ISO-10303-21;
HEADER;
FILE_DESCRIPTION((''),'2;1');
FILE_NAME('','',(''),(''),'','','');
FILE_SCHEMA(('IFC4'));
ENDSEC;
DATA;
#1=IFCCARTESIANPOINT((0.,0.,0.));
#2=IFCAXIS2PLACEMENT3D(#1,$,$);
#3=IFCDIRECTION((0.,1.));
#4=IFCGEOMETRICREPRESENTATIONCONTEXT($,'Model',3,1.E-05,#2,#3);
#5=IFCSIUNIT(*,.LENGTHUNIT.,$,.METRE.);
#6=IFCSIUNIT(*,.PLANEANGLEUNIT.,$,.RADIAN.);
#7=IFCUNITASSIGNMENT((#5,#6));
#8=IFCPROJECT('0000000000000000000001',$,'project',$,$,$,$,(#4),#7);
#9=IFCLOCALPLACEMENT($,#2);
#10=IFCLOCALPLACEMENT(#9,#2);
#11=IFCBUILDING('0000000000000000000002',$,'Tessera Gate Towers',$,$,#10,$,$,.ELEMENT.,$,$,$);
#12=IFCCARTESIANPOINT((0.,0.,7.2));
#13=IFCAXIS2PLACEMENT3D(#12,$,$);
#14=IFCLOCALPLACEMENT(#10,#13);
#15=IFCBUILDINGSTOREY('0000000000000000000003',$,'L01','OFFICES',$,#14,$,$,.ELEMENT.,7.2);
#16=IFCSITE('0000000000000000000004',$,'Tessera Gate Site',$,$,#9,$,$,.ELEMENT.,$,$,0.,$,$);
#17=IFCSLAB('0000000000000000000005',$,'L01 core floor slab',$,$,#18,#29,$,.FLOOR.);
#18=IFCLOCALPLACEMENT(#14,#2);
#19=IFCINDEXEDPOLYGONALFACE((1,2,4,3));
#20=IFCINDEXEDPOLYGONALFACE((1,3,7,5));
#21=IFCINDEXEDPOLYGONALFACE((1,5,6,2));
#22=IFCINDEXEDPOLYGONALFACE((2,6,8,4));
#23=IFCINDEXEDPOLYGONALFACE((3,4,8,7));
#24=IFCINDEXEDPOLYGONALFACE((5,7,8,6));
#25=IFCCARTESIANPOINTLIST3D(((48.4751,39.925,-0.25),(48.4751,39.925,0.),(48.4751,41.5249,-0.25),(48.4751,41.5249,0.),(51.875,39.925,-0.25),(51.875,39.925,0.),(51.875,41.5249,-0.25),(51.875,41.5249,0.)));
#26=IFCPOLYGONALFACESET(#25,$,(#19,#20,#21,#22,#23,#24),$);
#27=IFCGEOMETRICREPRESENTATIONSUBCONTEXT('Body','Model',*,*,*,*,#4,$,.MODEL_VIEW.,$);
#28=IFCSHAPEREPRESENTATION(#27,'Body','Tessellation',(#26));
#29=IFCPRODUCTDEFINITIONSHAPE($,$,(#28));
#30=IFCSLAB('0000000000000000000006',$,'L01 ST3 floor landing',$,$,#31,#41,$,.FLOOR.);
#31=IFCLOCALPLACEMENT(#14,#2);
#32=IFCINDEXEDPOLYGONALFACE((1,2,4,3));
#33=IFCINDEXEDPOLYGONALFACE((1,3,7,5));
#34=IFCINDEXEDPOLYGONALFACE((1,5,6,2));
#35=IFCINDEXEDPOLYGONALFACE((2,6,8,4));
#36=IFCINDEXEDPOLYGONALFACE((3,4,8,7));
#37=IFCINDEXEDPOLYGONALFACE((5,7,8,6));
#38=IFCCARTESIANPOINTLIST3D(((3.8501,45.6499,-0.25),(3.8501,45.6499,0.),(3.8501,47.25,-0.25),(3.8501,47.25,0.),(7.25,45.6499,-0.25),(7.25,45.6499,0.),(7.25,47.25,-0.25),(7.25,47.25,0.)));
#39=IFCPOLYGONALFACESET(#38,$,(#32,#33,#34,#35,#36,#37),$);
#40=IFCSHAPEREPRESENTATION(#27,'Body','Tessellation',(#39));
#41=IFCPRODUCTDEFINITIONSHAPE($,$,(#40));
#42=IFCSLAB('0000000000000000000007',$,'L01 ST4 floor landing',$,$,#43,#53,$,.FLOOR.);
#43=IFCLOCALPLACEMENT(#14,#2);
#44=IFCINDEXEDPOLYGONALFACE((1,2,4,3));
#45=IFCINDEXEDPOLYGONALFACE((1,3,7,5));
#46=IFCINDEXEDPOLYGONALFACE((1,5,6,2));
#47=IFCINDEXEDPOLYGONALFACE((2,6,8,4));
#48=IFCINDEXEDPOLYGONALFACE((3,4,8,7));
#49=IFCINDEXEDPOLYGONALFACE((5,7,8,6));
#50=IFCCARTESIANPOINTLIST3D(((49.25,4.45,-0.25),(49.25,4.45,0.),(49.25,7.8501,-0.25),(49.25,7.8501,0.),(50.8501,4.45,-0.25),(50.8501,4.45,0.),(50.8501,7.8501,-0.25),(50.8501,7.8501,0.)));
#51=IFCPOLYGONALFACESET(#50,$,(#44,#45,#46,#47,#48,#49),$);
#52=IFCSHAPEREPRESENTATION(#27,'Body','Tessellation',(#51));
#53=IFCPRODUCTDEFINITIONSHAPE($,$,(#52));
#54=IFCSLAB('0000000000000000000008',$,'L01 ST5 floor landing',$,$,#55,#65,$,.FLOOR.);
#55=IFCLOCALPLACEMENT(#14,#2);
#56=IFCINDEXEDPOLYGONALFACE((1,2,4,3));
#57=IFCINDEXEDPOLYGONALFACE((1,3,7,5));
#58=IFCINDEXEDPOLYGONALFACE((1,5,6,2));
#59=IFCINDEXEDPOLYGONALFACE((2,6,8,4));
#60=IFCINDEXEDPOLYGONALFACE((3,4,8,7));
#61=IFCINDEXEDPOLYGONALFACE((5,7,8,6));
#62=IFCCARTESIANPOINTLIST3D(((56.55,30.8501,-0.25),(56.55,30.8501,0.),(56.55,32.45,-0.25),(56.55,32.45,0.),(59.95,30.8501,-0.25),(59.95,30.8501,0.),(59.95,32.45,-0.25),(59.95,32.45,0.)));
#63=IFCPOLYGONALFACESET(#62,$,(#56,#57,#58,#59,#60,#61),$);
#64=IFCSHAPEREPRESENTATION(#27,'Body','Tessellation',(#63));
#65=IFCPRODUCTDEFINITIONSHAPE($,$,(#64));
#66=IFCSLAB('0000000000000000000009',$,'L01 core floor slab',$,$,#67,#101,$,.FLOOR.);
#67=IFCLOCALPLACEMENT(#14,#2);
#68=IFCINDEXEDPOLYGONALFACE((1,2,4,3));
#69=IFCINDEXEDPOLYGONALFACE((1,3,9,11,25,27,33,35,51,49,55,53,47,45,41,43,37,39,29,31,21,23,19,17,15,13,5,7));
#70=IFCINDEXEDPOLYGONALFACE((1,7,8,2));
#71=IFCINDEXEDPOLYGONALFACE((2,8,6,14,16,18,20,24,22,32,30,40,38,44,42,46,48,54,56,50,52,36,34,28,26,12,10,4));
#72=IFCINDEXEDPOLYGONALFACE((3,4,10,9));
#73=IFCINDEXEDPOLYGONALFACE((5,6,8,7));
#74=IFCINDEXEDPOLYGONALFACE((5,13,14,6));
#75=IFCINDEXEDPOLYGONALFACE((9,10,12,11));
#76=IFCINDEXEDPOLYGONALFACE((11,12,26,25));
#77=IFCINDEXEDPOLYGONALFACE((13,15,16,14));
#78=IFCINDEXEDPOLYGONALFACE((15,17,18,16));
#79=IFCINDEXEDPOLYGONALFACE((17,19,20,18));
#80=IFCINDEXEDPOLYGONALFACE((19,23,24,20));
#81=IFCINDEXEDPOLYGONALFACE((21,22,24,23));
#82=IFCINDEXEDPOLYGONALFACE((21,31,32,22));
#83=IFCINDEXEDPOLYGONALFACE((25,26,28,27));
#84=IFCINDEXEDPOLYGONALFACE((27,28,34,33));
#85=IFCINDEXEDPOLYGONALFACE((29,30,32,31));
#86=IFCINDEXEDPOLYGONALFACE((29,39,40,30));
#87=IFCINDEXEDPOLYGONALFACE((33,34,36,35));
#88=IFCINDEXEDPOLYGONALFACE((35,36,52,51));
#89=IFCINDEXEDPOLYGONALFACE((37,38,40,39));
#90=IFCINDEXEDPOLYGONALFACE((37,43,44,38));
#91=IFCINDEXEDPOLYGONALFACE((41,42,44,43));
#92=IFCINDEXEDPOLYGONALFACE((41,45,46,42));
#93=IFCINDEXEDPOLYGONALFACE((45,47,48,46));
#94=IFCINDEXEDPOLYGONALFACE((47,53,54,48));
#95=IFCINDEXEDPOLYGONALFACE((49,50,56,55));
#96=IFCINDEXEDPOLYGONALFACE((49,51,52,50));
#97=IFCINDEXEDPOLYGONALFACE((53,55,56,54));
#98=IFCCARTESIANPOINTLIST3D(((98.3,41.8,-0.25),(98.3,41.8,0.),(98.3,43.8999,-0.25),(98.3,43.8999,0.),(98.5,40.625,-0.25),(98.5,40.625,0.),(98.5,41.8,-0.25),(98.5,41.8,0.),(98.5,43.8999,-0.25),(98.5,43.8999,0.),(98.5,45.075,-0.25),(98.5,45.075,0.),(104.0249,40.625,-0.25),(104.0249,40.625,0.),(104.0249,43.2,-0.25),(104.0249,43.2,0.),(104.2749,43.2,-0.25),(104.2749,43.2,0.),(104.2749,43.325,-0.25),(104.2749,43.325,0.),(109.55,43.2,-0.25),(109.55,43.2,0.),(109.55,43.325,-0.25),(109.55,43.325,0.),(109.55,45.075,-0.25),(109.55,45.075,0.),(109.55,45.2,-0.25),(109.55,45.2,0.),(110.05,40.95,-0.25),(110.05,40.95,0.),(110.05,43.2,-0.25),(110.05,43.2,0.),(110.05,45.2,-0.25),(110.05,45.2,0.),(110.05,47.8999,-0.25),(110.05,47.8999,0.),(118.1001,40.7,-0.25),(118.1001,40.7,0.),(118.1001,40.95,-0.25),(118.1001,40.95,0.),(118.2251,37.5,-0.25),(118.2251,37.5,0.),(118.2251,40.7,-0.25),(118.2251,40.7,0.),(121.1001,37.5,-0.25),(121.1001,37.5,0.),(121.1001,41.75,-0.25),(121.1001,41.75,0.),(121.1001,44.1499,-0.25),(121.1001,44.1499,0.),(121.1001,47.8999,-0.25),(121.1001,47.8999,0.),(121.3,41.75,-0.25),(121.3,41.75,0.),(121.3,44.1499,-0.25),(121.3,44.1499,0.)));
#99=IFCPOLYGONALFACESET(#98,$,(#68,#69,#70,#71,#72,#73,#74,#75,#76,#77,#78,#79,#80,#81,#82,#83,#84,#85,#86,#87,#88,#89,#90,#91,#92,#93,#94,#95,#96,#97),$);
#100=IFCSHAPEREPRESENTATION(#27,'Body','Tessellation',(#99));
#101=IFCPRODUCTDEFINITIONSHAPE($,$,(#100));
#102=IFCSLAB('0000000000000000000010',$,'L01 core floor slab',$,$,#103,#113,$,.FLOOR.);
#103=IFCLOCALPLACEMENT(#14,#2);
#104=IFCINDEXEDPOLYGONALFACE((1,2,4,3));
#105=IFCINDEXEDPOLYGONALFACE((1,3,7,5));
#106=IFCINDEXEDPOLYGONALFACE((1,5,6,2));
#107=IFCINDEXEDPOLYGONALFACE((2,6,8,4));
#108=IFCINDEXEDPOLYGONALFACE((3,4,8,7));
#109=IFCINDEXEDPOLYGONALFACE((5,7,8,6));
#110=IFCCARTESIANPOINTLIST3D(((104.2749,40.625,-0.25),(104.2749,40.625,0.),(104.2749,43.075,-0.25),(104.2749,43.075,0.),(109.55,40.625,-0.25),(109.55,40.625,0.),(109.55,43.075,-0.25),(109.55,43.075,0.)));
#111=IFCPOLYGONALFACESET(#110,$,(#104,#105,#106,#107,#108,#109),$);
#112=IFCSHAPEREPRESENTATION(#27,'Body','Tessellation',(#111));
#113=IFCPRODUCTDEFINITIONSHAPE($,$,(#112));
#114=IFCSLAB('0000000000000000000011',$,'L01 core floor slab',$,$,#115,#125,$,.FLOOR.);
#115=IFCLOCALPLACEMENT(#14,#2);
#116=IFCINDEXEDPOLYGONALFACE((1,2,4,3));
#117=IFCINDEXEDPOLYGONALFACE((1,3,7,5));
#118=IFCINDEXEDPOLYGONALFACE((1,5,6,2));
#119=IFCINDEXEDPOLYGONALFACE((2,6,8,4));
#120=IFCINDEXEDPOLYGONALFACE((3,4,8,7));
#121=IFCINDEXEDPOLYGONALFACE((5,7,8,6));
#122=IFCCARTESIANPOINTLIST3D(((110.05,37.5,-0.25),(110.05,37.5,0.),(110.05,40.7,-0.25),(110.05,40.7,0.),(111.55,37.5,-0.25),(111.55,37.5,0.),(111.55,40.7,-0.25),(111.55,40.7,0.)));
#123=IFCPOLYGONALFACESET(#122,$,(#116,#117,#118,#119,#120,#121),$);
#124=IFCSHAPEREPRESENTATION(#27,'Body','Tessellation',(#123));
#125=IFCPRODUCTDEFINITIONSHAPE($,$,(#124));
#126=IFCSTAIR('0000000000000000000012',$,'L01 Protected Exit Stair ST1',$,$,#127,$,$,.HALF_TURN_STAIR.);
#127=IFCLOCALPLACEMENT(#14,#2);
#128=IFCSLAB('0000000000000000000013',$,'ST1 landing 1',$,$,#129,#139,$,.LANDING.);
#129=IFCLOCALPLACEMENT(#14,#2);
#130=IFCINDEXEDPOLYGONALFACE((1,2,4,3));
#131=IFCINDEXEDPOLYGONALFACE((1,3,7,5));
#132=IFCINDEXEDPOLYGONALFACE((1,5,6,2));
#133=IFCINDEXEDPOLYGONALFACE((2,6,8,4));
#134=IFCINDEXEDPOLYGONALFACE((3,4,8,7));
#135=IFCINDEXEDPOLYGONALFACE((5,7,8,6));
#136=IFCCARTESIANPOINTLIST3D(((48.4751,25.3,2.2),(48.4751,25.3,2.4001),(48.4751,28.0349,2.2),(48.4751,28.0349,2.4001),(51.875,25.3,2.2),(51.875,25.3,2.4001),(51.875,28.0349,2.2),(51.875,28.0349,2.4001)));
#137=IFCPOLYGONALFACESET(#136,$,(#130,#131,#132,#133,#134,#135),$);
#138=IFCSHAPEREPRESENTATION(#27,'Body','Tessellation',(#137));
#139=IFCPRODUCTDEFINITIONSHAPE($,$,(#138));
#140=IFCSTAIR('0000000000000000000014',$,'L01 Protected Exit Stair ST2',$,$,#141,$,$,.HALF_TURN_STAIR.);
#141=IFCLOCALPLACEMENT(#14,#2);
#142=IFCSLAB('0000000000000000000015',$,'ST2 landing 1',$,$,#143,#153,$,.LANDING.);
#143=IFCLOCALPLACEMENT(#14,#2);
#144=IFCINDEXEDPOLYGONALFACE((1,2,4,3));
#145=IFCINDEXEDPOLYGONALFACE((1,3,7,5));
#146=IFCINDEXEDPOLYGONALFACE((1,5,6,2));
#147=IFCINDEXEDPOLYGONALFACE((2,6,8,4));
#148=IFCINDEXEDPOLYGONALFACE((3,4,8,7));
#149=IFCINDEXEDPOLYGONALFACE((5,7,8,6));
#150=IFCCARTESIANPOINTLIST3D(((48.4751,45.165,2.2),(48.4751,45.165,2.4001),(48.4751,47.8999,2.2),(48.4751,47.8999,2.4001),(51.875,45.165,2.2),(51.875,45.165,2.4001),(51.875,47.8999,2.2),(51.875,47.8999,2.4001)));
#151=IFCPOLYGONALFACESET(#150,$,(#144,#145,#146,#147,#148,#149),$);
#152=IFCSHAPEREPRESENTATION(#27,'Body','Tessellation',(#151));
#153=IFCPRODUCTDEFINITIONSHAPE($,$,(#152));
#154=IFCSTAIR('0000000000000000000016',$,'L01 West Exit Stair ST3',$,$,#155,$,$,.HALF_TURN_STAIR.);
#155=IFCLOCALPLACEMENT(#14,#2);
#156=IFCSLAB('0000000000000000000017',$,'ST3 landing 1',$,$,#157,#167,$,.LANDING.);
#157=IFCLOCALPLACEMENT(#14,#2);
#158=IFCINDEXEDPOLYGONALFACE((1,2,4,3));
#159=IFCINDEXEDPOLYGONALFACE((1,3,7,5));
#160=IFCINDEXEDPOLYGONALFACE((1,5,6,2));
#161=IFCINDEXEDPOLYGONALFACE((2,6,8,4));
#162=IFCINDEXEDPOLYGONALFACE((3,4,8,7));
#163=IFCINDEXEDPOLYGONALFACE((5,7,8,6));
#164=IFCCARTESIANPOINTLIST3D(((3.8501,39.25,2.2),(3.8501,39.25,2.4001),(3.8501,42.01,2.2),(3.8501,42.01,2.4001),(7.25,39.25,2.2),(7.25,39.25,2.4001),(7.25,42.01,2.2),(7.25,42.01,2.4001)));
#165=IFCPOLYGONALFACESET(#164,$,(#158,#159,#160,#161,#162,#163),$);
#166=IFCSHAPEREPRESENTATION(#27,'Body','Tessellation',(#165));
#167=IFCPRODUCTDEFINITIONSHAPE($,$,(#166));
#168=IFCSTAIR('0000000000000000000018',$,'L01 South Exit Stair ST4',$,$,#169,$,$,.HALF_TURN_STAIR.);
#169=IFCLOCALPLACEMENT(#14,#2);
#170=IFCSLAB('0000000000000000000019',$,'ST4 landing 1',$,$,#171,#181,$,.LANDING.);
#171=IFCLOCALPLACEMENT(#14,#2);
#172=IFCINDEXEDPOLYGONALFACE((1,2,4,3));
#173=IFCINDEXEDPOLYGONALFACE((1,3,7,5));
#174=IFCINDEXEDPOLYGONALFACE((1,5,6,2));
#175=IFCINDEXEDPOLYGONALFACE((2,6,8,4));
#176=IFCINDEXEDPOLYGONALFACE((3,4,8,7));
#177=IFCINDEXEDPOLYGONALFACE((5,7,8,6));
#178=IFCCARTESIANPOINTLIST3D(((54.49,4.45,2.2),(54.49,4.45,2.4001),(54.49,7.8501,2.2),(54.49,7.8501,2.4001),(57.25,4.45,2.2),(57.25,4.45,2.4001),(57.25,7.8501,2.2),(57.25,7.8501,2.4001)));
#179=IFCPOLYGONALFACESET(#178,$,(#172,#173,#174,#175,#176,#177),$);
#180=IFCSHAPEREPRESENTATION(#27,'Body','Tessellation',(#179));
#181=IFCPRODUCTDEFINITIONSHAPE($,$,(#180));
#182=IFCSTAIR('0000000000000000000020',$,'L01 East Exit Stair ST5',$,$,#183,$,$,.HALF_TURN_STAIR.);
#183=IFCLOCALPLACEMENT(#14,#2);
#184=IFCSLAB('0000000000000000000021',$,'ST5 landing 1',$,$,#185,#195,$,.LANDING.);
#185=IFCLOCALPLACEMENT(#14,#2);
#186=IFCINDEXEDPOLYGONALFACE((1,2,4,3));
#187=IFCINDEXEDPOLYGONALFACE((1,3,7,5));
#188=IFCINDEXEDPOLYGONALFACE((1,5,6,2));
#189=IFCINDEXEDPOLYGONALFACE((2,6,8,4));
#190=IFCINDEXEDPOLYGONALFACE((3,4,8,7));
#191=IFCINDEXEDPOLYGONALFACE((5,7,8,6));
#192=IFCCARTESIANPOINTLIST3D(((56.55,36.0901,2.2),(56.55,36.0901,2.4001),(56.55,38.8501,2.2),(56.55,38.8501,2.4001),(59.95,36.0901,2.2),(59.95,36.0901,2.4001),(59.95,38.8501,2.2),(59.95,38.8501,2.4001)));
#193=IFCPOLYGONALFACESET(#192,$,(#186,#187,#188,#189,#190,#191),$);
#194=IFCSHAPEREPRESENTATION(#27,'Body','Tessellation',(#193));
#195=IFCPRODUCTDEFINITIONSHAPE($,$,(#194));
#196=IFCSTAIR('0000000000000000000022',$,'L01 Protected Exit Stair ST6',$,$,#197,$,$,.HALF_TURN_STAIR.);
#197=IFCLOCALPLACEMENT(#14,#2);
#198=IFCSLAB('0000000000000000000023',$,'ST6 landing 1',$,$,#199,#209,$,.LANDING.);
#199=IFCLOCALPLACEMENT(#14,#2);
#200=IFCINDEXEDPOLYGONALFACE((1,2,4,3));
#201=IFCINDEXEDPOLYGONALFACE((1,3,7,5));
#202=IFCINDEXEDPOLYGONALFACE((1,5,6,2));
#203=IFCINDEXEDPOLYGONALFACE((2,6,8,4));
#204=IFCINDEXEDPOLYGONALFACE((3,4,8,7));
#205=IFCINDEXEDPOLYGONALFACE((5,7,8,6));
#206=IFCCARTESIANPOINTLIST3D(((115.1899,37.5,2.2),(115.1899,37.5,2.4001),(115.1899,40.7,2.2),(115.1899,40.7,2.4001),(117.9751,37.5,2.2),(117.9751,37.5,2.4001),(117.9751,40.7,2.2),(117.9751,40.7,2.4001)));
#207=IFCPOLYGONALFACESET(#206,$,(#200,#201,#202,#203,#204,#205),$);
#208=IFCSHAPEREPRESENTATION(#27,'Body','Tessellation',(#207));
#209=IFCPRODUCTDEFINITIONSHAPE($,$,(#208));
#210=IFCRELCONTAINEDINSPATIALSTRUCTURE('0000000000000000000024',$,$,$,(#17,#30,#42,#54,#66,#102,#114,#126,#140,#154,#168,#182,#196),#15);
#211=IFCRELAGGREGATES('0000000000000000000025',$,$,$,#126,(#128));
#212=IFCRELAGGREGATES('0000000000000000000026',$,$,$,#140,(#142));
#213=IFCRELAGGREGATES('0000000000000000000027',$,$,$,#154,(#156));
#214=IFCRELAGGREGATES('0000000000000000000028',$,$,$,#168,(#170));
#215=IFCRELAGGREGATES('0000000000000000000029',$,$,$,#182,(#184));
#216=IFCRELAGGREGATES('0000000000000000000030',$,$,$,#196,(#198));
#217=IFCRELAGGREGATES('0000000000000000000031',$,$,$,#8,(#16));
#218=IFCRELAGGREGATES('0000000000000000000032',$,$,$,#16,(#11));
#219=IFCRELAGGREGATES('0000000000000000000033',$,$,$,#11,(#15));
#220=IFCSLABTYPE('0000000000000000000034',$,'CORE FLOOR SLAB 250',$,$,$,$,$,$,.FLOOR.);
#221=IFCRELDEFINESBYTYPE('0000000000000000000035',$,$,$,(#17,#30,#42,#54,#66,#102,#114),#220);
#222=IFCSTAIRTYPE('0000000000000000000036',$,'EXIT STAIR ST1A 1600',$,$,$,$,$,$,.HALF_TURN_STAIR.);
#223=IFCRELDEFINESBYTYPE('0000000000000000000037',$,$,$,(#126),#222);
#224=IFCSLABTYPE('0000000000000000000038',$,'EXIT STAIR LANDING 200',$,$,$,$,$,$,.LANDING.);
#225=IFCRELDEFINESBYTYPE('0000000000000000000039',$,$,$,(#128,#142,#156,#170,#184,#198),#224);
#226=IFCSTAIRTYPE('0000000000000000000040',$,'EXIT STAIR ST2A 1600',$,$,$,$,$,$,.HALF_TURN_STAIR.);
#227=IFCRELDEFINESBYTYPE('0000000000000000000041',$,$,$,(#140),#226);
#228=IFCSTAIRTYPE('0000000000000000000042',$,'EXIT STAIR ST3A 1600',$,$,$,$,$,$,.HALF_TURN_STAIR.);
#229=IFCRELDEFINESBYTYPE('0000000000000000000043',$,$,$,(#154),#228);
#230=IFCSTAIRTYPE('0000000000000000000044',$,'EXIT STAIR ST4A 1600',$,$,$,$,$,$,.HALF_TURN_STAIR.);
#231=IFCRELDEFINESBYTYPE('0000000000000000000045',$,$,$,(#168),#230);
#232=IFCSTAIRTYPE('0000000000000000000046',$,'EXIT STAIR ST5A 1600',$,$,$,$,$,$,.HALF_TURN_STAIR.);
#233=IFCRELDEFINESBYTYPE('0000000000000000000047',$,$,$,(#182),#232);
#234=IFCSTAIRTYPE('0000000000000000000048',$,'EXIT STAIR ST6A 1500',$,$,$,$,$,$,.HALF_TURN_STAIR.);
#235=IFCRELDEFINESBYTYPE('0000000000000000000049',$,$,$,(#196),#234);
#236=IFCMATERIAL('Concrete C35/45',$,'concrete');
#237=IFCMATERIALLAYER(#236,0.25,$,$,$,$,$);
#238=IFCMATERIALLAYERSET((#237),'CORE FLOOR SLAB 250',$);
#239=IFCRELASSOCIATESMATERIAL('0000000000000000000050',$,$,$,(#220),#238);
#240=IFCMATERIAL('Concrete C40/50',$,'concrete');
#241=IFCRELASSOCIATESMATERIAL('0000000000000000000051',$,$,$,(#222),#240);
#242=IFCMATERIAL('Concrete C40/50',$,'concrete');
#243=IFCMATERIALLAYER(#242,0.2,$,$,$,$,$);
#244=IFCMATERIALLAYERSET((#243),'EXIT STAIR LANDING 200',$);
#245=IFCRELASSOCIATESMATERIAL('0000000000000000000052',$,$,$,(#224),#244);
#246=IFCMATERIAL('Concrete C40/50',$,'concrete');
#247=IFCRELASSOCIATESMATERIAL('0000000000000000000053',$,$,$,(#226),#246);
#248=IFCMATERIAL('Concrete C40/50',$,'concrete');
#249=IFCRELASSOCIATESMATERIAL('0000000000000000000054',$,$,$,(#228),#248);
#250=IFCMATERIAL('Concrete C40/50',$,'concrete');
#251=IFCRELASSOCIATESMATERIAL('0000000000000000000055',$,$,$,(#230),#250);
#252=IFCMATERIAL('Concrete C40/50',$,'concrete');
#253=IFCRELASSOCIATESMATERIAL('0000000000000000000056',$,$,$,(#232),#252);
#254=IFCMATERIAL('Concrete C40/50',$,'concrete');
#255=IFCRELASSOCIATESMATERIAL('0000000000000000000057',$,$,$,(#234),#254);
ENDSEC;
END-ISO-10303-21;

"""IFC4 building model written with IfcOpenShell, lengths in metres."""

from ifc_helpers import new_model, si_unit, direction, frame, origin, place, context, subcontext, project, spatial, polyline, outline, extrude, material, layer, layer_set, type_object, element, aggregate, save


model = new_model("IFC4")

# Units and contexts
model_context = context("Model", 3, precision=1e-05, world=origin(), true_north=direction((0.0, 1.0)))
body_context = subcontext(model_context, "Body", "Model", "MODEL_VIEW")
ifc_project = project(units=[si_unit("LENGTHUNIT", "METRE"), si_unit("PLANEANGLEUNIT", "RADIAN")], contexts=[model_context])

# Site, building, storey
site_placement = place(None, origin())
site = spatial("IfcSite", under=ifc_project, at=site_placement, Name="Tessera Gate Site", CompositionType="ELEMENT", RefElevation=0.0)
building_placement = place(site_placement, origin())
building = spatial("IfcBuilding", under=site, at=building_placement, Name="Tessera Gate Towers", CompositionType="ELEMENT")
storey_placement = place(building_placement, frame((0.0, 0.0, 7.2)))
storey = spatial("IfcBuildingStorey", under=building, at=storey_placement, Name="L01", Description="OFFICES", CompositionType="ELEMENT", Elevation=7.2)

# Slabs
ifc_material_1 = material(Name="Concrete C35/45", Category="concrete")
ifc_layer_1 = layer(ifc_material_1, 0.25)
ifc_layer_set_1 = layer_set([ifc_layer_1], Name="CORE FLOOR SLAB 250")
slab_type_1 = type_object("IfcSlabType", Name="CORE FLOOR SLAB 250", PredefinedType="FLOOR", material=ifc_layer_set_1)
slab_1_placement = place(storey_placement, frame((0.0, 0.0, -0.25)))
element("IfcSlab", 1, at=slab_1_placement, inside=storey, type_object=slab_type_1, Name="L01 core floor slab", PredefinedType="FLOOR", context=body_context, shape_type="SweptSolid", body=[
    extrude(outline(polyline([(48.4751, 41.5249), (48.4751, 39.925), (51.875, 39.925), (51.875, 41.5249), (48.4751, 41.5249)])), origin(), (0.0, 0.0, 1.0), 0.25),
])
slab_2_placement = place(storey_placement, frame((0.0, 0.0, -0.25)))
element("IfcSlab", 2, at=slab_2_placement, inside=storey, type_object=slab_type_1, Name="L01 ST3 floor landing", PredefinedType="FLOOR", context=body_context, shape_type="SweptSolid", body=[
    extrude(outline(polyline([(3.8501, 47.25), (3.8501, 45.6499), (7.25, 45.6499), (7.25, 47.25), (3.8501, 47.25)])), origin(), (0.0, 0.0, 1.0), 0.25),
])
slab_3_placement = place(storey_placement, frame((0.0, 0.0, -0.25)))
element("IfcSlab", 3, at=slab_3_placement, inside=storey, type_object=slab_type_1, Name="L01 ST4 floor landing", PredefinedType="FLOOR", context=body_context, shape_type="SweptSolid", body=[
    extrude(outline(polyline([(49.25, 4.45), (50.8501, 4.45), (50.8501, 7.8501), (49.25, 7.8501), (49.25, 4.45)])), origin(), (0.0, 0.0, 1.0), 0.25),
])
slab_4_placement = place(storey_placement, frame((0.0, 0.0, -0.25)))
element("IfcSlab", 4, at=slab_4_placement, inside=storey, type_object=slab_type_1, Name="L01 ST5 floor landing", PredefinedType="FLOOR", context=body_context, shape_type="SweptSolid", body=[
    extrude(outline(polyline([(59.95, 30.8501), (59.95, 32.45), (56.55, 32.45), (56.55, 30.8501), (59.95, 30.8501)])), origin(), (0.0, 0.0, 1.0), 0.25),
])
slab_5_placement = place(storey_placement, frame((0.0, 0.0, -0.25)))
element("IfcSlab", 5, at=slab_5_placement, inside=storey, type_object=slab_type_1, Name="L01 core floor slab", PredefinedType="FLOOR", context=body_context, shape_type="SweptSolid", body=[
    extrude(outline(polyline([(109.55, 45.2), (109.55, 45.075), (98.5, 45.075), (98.5, 43.8999), (98.3, 43.8999), (98.3, 41.8), (98.5, 41.8), (98.5, 40.625), (104.0249, 40.625), (104.0249, 43.2), (104.2749, 43.2), (104.2749, 43.325), (109.55, 43.325), (109.55, 43.2), (110.05, 43.2), (110.05, 40.95), (118.1001, 40.95), (118.1001, 40.7), (118.2251, 40.7), (118.2251, 37.5), (121.1001, 37.5), (121.1001, 41.75), (121.3, 41.75), (121.3, 44.1499), (121.1001, 44.1499), (121.1001, 47.8999), (110.05, 47.8999), (110.05, 45.2), (109.55, 45.2)])), origin(), (0.0, 0.0, 1.0), 0.25),
])
slab_6_placement = place(storey_placement, frame((0.0, 0.0, -0.25)))
element("IfcSlab", 6, at=slab_6_placement, inside=storey, type_object=slab_type_1, Name="L01 core floor slab", PredefinedType="FLOOR", context=body_context, shape_type="SweptSolid", body=[
    extrude(outline(polyline([(109.55, 43.075), (104.2749, 43.075), (104.2749, 40.625), (109.55, 40.625), (109.55, 43.075)])), origin(), (0.0, 0.0, 1.0), 0.25),
])
slab_7_placement = place(storey_placement, frame((0.0, 0.0, -0.25)))
element("IfcSlab", 7, at=slab_7_placement, inside=storey, type_object=slab_type_1, Name="L01 core floor slab", PredefinedType="FLOOR", context=body_context, shape_type="SweptSolid", body=[
    extrude(outline(polyline([(111.55, 37.5), (111.55, 40.7), (110.05, 40.7), (110.05, 37.5), (111.55, 37.5)])), origin(), (0.0, 0.0, 1.0), 0.25),
])

# Stairs, slabs
ifc_material_2 = material(Name="Concrete C40/50", Category="concrete")
stair_type_1 = type_object("IfcStairType", Name="EXIT STAIR ST1A 1600", PredefinedType="HALF_TURN_STAIR", material=ifc_material_2)
stair_1_placement = place(storey_placement, origin())
stair_1 = element("IfcStair", 8, at=stair_1_placement, inside=storey, type_object=stair_type_1, Name="L01 Protected Exit Stair ST1", PredefinedType="HALF_TURN_STAIR")
ifc_material_3 = material(Name="Concrete C40/50", Category="concrete")
ifc_layer_2 = layer(ifc_material_3, 0.2)
ifc_layer_set_2 = layer_set([ifc_layer_2], Name="EXIT STAIR LANDING 200")
slab_type_2 = type_object("IfcSlabType", Name="EXIT STAIR LANDING 200", PredefinedType="LANDING", material=ifc_layer_set_2)
slab_8_placement = place(storey_placement, frame((0.0, 0.0, 2.2)))
slab_8 = element("IfcSlab", 9, at=slab_8_placement, type_object=slab_type_2, Name="ST1 landing 1", PredefinedType="LANDING", context=body_context, shape_type="SweptSolid", body=[
    extrude(outline(polyline([(48.4751, 28.0349), (48.4751, 25.3), (51.875, 25.3), (51.875, 28.0349), (48.4751, 28.0349)])), origin(), (0.0, 0.0, 1.0), 0.2002),
])
aggregate(stair_1, [slab_8])
ifc_material_4 = material(Name="Concrete C40/50", Category="concrete")
stair_type_2 = type_object("IfcStairType", Name="EXIT STAIR ST2A 1600", PredefinedType="HALF_TURN_STAIR", material=ifc_material_4)
stair_2_placement = place(storey_placement, origin())
stair_2 = element("IfcStair", 10, at=stair_2_placement, inside=storey, type_object=stair_type_2, Name="L01 Protected Exit Stair ST2", PredefinedType="HALF_TURN_STAIR")
slab_9_placement = place(storey_placement, frame((0.0, 0.0, 2.2)))
slab_9 = element("IfcSlab", 11, at=slab_9_placement, type_object=slab_type_2, Name="ST2 landing 1", PredefinedType="LANDING", context=body_context, shape_type="SweptSolid", body=[
    extrude(outline(polyline([(51.875, 45.165), (51.875, 47.8999), (48.4751, 47.8999), (48.4751, 45.165), (51.875, 45.165)])), origin(), (0.0, 0.0, 1.0), 0.2002),
])
aggregate(stair_2, [slab_9])
ifc_material_5 = material(Name="Concrete C40/50", Category="concrete")
stair_type_3 = type_object("IfcStairType", Name="EXIT STAIR ST3A 1600", PredefinedType="HALF_TURN_STAIR", material=ifc_material_5)
stair_3_placement = place(storey_placement, origin())
stair_3 = element("IfcStair", 12, at=stair_3_placement, inside=storey, type_object=stair_type_3, Name="L01 West Exit Stair ST3", PredefinedType="HALF_TURN_STAIR")
slab_10_placement = place(storey_placement, frame((0.0, 0.0, 2.2)))
slab_10 = element("IfcSlab", 13, at=slab_10_placement, type_object=slab_type_2, Name="ST3 landing 1", PredefinedType="LANDING", context=body_context, shape_type="SweptSolid", body=[
    extrude(outline(polyline([(3.8501, 42.01), (3.8501, 39.25), (7.25, 39.25), (7.25, 42.01), (3.8501, 42.01)])), origin(), (0.0, 0.0, 1.0), 0.2002),
])
aggregate(stair_3, [slab_10])
ifc_material_6 = material(Name="Concrete C40/50", Category="concrete")
stair_type_4 = type_object("IfcStairType", Name="EXIT STAIR ST4A 1600", PredefinedType="HALF_TURN_STAIR", material=ifc_material_6)
stair_4_placement = place(storey_placement, origin())
stair_4 = element("IfcStair", 14, at=stair_4_placement, inside=storey, type_object=stair_type_4, Name="L01 South Exit Stair ST4", PredefinedType="HALF_TURN_STAIR")
slab_11_placement = place(storey_placement, frame((0.0, 0.0, 2.2)))
slab_11 = element("IfcSlab", 15, at=slab_11_placement, type_object=slab_type_2, Name="ST4 landing 1", PredefinedType="LANDING", context=body_context, shape_type="SweptSolid", body=[
    extrude(outline(polyline([(54.49, 4.45), (57.25, 4.45), (57.25, 7.8501), (54.49, 7.8501), (54.49, 4.45)])), origin(), (0.0, 0.0, 1.0), 0.2002),
])
aggregate(stair_4, [slab_11])
ifc_material_7 = material(Name="Concrete C40/50", Category="concrete")
stair_type_5 = type_object("IfcStairType", Name="EXIT STAIR ST5A 1600", PredefinedType="HALF_TURN_STAIR", material=ifc_material_7)
stair_5_placement = place(storey_placement, origin())
stair_5 = element("IfcStair", 16, at=stair_5_placement, inside=storey, type_object=stair_type_5, Name="L01 East Exit Stair ST5", PredefinedType="HALF_TURN_STAIR")
slab_12_placement = place(storey_placement, frame((0.0, 0.0, 2.2)))
slab_12 = element("IfcSlab", 17, at=slab_12_placement, type_object=slab_type_2, Name="ST5 landing 1", PredefinedType="LANDING", context=body_context, shape_type="SweptSolid", body=[
    extrude(outline(polyline([(59.95, 36.0901), (59.95, 38.8501), (56.55, 38.8501), (56.55, 36.0901), (59.95, 36.0901)])), origin(), (0.0, 0.0, 1.0), 0.2002),
])
aggregate(stair_5, [slab_12])
ifc_material_8 = material(Name="Concrete C40/50", Category="concrete")
stair_type_6 = type_object("IfcStairType", Name="EXIT STAIR ST6A 1500", PredefinedType="HALF_TURN_STAIR", material=ifc_material_8)
stair_6_placement = place(storey_placement, origin())
stair_6 = element("IfcStair", 18, at=stair_6_placement, inside=storey, type_object=stair_type_6, Name="L01 Protected Exit Stair ST6", PredefinedType="HALF_TURN_STAIR")
slab_13_placement = place(storey_placement, frame((0.0, 0.0, 2.2)))
slab_13 = element("IfcSlab", 19, at=slab_13_placement, type_object=slab_type_2, Name="ST6 landing 1", PredefinedType="LANDING", context=body_context, shape_type="SweptSolid", body=[
    extrude(outline(polyline([(115.1899, 37.5), (117.9751, 37.5), (117.9751, 40.7), (115.1899, 40.7), (115.1899, 37.5)])), origin(), (0.0, 0.0, 1.0), 0.2002),
])
aggregate(stair_6, [slab_13])

save(model, "model.ifc")
